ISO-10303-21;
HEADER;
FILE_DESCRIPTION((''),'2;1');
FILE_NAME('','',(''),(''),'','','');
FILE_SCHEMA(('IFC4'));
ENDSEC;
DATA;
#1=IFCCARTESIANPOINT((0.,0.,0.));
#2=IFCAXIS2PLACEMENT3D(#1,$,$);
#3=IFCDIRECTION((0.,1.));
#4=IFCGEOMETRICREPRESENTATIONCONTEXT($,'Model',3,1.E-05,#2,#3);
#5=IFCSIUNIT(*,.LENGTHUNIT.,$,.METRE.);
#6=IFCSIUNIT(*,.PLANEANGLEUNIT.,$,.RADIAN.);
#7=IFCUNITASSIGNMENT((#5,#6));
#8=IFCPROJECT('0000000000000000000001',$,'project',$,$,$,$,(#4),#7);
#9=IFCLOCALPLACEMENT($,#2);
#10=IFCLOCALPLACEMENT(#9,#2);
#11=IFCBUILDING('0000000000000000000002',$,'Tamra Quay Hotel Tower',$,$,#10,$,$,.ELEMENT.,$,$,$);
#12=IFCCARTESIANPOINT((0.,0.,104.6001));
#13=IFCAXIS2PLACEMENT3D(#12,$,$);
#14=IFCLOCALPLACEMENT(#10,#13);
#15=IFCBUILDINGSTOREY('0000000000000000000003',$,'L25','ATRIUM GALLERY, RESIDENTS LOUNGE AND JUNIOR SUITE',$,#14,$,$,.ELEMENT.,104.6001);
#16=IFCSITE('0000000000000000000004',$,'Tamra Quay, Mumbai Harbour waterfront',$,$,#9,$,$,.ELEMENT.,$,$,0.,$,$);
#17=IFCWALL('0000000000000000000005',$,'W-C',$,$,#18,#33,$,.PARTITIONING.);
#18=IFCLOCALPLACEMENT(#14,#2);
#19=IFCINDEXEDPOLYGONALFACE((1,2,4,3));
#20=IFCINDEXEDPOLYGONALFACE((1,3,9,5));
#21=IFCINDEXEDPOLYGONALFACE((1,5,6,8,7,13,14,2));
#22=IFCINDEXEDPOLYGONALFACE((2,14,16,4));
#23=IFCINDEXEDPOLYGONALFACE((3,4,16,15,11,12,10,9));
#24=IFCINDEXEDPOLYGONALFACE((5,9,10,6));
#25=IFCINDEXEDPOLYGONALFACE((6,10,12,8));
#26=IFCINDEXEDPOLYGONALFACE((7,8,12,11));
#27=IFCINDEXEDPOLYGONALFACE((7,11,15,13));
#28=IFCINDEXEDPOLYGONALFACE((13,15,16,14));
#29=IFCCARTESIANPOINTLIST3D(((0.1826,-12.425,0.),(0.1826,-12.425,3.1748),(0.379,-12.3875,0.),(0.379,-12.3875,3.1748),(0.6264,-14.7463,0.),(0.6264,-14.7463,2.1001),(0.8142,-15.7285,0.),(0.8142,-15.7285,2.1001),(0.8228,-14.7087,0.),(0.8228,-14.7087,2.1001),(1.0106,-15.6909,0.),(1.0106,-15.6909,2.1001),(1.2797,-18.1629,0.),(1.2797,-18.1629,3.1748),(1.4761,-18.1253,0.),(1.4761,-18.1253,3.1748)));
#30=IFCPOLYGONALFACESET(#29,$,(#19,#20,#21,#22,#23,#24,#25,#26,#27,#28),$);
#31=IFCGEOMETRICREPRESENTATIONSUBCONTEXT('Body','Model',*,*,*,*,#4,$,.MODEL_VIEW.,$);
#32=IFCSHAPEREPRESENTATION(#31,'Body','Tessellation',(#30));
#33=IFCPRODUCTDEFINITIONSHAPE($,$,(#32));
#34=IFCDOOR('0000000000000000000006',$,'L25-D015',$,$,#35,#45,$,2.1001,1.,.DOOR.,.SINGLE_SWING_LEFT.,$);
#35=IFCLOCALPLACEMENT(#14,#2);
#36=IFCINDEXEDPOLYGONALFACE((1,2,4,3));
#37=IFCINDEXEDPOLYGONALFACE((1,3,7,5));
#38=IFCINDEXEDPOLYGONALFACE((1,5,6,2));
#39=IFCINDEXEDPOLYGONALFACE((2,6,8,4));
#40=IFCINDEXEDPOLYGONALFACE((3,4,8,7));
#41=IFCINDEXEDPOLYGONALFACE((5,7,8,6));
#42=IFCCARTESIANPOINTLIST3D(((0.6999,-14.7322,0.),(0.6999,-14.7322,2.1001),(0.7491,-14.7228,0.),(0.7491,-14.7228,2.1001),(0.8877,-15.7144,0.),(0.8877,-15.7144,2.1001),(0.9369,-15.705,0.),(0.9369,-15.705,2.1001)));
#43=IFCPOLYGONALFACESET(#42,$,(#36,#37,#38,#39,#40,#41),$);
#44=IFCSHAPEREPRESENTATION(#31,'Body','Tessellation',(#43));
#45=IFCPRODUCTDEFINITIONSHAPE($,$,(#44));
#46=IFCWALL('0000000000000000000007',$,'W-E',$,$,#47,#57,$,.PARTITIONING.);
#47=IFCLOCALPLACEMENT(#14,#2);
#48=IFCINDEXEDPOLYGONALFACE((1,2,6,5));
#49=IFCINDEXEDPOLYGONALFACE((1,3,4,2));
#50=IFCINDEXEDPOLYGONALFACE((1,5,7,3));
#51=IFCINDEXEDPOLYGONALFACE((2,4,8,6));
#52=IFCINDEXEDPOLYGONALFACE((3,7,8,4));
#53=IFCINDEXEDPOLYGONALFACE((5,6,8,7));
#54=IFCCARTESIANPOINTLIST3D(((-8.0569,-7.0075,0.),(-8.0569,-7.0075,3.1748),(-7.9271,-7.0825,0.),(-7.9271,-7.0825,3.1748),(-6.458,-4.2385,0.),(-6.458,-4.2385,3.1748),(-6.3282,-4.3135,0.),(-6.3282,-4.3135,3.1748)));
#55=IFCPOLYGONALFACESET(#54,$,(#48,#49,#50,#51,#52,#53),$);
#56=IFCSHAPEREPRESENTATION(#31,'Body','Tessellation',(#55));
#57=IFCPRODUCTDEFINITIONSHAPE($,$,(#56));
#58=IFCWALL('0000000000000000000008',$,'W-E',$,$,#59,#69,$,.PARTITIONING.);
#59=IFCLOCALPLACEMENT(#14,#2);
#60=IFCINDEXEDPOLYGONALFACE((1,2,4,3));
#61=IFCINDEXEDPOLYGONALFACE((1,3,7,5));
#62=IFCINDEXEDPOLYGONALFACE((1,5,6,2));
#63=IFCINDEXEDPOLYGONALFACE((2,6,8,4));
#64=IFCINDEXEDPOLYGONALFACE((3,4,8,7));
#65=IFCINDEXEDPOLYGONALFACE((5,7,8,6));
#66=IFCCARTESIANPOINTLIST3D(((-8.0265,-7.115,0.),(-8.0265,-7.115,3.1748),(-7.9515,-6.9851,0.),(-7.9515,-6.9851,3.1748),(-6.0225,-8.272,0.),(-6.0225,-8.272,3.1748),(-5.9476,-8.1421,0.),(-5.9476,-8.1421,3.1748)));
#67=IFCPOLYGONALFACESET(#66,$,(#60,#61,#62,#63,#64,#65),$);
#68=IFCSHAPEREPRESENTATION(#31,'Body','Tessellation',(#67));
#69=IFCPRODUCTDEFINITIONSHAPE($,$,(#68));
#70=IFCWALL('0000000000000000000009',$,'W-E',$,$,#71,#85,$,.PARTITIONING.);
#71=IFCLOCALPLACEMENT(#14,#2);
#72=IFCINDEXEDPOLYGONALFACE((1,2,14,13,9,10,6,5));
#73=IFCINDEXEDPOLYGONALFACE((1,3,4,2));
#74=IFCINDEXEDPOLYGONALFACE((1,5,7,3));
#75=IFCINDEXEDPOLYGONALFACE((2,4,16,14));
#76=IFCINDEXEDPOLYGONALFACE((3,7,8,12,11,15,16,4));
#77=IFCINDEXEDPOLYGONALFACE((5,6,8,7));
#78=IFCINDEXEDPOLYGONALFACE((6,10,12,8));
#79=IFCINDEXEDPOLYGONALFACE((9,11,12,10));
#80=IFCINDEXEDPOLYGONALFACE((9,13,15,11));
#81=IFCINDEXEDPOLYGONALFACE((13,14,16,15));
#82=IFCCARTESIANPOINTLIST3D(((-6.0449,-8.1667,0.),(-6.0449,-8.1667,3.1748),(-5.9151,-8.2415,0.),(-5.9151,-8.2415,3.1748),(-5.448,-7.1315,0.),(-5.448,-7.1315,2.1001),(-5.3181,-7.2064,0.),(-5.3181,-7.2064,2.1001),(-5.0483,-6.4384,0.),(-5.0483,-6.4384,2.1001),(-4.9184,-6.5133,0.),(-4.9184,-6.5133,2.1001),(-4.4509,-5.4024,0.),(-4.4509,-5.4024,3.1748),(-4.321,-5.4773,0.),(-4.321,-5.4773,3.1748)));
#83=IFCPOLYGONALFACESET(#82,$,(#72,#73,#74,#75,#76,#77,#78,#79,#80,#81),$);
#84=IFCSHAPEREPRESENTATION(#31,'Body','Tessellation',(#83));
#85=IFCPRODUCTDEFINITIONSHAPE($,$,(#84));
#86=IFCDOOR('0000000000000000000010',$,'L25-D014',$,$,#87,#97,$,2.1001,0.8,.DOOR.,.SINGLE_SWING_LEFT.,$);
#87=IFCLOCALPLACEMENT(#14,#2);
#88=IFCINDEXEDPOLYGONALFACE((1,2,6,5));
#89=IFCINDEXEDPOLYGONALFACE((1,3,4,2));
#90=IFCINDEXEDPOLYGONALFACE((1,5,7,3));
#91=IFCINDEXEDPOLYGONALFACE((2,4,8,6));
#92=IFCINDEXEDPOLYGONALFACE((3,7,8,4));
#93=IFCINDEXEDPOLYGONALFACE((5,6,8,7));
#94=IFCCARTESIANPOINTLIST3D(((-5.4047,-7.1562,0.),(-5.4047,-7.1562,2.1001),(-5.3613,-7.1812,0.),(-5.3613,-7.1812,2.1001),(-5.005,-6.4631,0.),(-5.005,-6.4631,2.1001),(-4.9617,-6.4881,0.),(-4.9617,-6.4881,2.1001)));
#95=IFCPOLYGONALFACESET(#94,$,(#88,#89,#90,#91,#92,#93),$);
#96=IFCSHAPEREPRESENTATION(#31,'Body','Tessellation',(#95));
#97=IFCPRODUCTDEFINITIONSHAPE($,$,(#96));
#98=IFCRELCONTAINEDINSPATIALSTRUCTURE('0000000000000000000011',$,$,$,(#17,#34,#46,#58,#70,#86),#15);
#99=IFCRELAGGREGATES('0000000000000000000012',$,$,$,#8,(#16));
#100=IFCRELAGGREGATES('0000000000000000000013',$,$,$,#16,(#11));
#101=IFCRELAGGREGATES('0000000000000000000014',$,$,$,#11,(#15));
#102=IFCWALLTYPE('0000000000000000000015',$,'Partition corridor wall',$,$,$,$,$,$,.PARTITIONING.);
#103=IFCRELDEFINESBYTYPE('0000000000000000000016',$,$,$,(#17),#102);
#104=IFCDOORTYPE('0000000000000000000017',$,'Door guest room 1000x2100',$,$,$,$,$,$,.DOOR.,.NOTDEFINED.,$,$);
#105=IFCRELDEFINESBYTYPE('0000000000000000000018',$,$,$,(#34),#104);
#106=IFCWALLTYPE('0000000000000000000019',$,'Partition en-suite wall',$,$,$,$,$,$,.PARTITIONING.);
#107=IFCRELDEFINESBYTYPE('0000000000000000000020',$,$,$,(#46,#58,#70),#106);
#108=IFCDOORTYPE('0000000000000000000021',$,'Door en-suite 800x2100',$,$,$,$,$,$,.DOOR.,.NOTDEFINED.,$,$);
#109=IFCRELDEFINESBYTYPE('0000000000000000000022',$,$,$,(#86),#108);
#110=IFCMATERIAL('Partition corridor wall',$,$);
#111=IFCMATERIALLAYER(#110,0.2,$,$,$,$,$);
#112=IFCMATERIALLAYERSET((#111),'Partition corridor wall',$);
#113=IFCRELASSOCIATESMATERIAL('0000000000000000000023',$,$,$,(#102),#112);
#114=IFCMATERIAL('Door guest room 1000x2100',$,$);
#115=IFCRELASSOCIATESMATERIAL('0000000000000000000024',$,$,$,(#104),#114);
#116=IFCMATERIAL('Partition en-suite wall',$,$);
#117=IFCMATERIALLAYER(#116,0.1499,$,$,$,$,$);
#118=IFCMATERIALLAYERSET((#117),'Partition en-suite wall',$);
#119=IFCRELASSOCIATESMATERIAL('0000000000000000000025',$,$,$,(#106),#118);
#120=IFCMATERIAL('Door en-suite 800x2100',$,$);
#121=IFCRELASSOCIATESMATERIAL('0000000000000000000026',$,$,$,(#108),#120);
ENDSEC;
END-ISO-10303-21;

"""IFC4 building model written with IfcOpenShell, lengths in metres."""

from ifc_helpers import new_model, si_unit, direction, frame, frame_2d, origin, place, context, subcontext, project, spatial, rectangle, extrude, material, layer, layer_set, type_object, element, fill, save


model = new_model("IFC4")

# Units and contexts
model_context = context("Model", 3, precision=1e-05, world=origin(), true_north=direction((0.0, 1.0)))
body_context = subcontext(model_context, "Body", "Model", "MODEL_VIEW")
ifc_project = project(units=[si_unit("LENGTHUNIT", "METRE"), si_unit("PLANEANGLEUNIT", "RADIAN")], contexts=[model_context])

# Site, building, storey
site_placement = place(None, origin())
site = spatial("IfcSite", under=ifc_project, at=site_placement, Name="Tamra Quay, Mumbai Harbour waterfront", CompositionType="ELEMENT", RefElevation=0.0)
building_placement = place(site_placement, origin())
building = spatial("IfcBuilding", under=site, at=building_placement, Name="Tamra Quay Hotel Tower", CompositionType="ELEMENT")
storey_placement = place(building_placement, frame((0.0, 0.0, 104.6001)))
storey = spatial("IfcBuildingStorey", under=building, at=storey_placement, Name="L25", Description="ATRIUM GALLERY, RESIDENTS LOUNGE AND JUNIOR SUITE", CompositionType="ELEMENT", Elevation=104.6001)

# Shared definitions
ifc_material_1 = material(Name="Partition corridor wall")
ifc_layer_1 = layer(ifc_material_1, 0.2)
ifc_layer_set_1 = layer_set([ifc_layer_1], Name="Partition corridor wall")
wall_type_1 = type_object("IfcWallType", Name="Partition corridor wall", PredefinedType="PARTITIONING", material=ifc_layer_set_1)

# Shared definitions
ifc_material_2 = material(Name="Door guest room 1000x2100")
door_type_1 = type_object("IfcDoorType", Name="Door guest room 1000x2100", OperationType="NOTDEFINED", PredefinedType="DOOR", material=ifc_material_2)

# Wall, opening, door
wall_1_placement = place(storey_placement, frame((0.2808, -12.4062, 0.0), z_axis=(0.0, 0.0, 1.0), x_axis=(0.187815, -0.982204, 0.0)))
wall_1 = element("IfcWall", 1, at=wall_1_placement, inside=storey, type_object=wall_type_1, Name="W-C", PredefinedType="PARTITIONING", context=body_context, shape_type="SweptSolid", body=[
    extrude(rectangle(XDim=5.8418, YDim=0.2, at=frame_2d((2.9209, 0.0))), origin(), (0.0, 0.0, 1.0), 3.1748),
])
opening_1_placement = place(wall_1_placement, frame((2.3633, 0.0, 0.0)))
opening_1 = element("IfcOpeningElement", 2, at=opening_1_placement, cuts=wall_1, PredefinedType="OPENING", context=body_context, shape_type="SweptSolid", body=[
    extrude(rectangle(XDim=1.0, YDim=2.1001, at=frame_2d((0.5, 1.05))), frame((0.0, 0.1099, 0.0), z_axis=(0.0, -1.0, 0.0), x_axis=(1.0, 0.0, 0.0)), (0.0, 0.0, 1.0), 0.22),
])
door_1_placement = place(opening_1_placement, origin())
door_1 = element("IfcDoor", 3, at=door_1_placement, inside=storey, type_object=door_type_1, Name="L25-D015", OperationType="SINGLE_SWING_LEFT", OverallHeight=2.1001, OverallWidth=1.0, PredefinedType="DOOR", context=body_context, shape_type="SweptSolid", body=[
    extrude(rectangle(XDim=1.0, YDim=2.1001, at=frame_2d((0.5, 1.05))), frame((0.0, 0.0249, 0.0), z_axis=(0.0, -1.0, 0.0), x_axis=(1.0, 0.0, 0.0)), (0.0, 0.0, 1.0), 0.05),
])
fill(opening_1, door_1)

# Walls
ifc_material_3 = material(Name="Partition en-suite wall")
ifc_layer_2 = layer(ifc_material_3, 0.1499)
ifc_layer_set_2 = layer_set([ifc_layer_2], Name="Partition en-suite wall")
wall_type_2 = type_object("IfcWallType", Name="Partition en-suite wall", PredefinedType="PARTITIONING", material=ifc_layer_set_2)
wall_2_placement = place(storey_placement, frame((-7.9919, -7.0449, 0.0), z_axis=(0.0, 0.0, 1.0), x_axis=(0.50004, 0.866002, 0.0)))
element("IfcWall", 4, at=wall_2_placement, inside=storey, type_object=wall_type_2, Name="W-E", PredefinedType="PARTITIONING", context=body_context, shape_type="SweptSolid", body=[
    extrude(rectangle(XDim=3.1975, YDim=0.1499, at=frame_2d((1.5986, 0.0))), origin(), (0.0, 0.0, 1.0), 3.1748),
])
wall_3_placement = place(storey_placement, frame((-7.989, -7.05, 0.0), z_axis=(0.0, 0.0, 1.0), x_axis=(0.86602, -0.500009, 0.0)))
element("IfcWall", 5, at=wall_3_placement, inside=storey, type_object=wall_type_2, Name="W-E", PredefinedType="PARTITIONING", context=body_context, shape_type="SweptSolid", body=[
    extrude(rectangle(XDim=2.314, YDim=0.1499, at=frame_2d((1.157, 0.0))), origin(), (0.0, 0.0, 1.0), 3.1748),
])

# Wall, opening, door
wall_4_placement = place(storey_placement, frame((-5.98, -8.2041, 0.0), z_axis=(0.0, 0.0, 1.0), x_axis=(0.499555, 0.866282, 0.0)))
wall_4 = element("IfcWall", 6, at=wall_4_placement, inside=storey, type_object=wall_type_2, Name="W-E", PredefinedType="PARTITIONING", context=body_context, shape_type="SweptSolid", body=[
    extrude(rectangle(XDim=3.1909, YDim=0.1499, at=frame_2d((1.5955, 0.0))), origin(), (0.0, 0.0, 1.0), 3.1748),
])
opening_2_placement = place(wall_4_placement, frame((1.1951, 0.0, 0.0)))
opening_2 = element("IfcOpeningElement", 7, at=opening_2_placement, cuts=wall_4, PredefinedType="OPENING", context=body_context, shape_type="SweptSolid", body=[
    extrude(rectangle(XDim=0.8, YDim=2.1001, at=frame_2d((0.3999, 1.05))), frame((0.0, 0.085, 0.0), z_axis=(0.0, -1.0, 0.0), x_axis=(1.0, 0.0, 0.0)), (0.0, 0.0, 1.0), 0.1699),
])
ifc_material_4 = material(Name="Door en-suite 800x2100")
door_type_2 = type_object("IfcDoorType", Name="Door en-suite 800x2100", OperationType="NOTDEFINED", PredefinedType="DOOR", material=ifc_material_4)
door_2_placement = place(opening_2_placement, frame((0.8, 0.0, 0.0), z_axis=(0.0, 0.0, 1.0), x_axis=(-1.0, 0.0, 0.0)))
door_2 = element("IfcDoor", 8, at=door_2_placement, inside=storey, type_object=door_type_2, Name="L25-D014", OperationType="SINGLE_SWING_LEFT", OverallHeight=2.1001, OverallWidth=0.8, PredefinedType="DOOR", context=body_context, shape_type="SweptSolid", body=[
    extrude(rectangle(XDim=0.8, YDim=2.1001, at=frame_2d((0.3999, 1.05))), frame((0.0, 0.0249, 0.0), z_axis=(0.0, -1.0, 0.0), x_axis=(1.0, 0.0, 0.0)), (0.0, 0.0, 1.0), 0.05),
])
fill(opening_2, door_2)

save(model, "model.ifc")
